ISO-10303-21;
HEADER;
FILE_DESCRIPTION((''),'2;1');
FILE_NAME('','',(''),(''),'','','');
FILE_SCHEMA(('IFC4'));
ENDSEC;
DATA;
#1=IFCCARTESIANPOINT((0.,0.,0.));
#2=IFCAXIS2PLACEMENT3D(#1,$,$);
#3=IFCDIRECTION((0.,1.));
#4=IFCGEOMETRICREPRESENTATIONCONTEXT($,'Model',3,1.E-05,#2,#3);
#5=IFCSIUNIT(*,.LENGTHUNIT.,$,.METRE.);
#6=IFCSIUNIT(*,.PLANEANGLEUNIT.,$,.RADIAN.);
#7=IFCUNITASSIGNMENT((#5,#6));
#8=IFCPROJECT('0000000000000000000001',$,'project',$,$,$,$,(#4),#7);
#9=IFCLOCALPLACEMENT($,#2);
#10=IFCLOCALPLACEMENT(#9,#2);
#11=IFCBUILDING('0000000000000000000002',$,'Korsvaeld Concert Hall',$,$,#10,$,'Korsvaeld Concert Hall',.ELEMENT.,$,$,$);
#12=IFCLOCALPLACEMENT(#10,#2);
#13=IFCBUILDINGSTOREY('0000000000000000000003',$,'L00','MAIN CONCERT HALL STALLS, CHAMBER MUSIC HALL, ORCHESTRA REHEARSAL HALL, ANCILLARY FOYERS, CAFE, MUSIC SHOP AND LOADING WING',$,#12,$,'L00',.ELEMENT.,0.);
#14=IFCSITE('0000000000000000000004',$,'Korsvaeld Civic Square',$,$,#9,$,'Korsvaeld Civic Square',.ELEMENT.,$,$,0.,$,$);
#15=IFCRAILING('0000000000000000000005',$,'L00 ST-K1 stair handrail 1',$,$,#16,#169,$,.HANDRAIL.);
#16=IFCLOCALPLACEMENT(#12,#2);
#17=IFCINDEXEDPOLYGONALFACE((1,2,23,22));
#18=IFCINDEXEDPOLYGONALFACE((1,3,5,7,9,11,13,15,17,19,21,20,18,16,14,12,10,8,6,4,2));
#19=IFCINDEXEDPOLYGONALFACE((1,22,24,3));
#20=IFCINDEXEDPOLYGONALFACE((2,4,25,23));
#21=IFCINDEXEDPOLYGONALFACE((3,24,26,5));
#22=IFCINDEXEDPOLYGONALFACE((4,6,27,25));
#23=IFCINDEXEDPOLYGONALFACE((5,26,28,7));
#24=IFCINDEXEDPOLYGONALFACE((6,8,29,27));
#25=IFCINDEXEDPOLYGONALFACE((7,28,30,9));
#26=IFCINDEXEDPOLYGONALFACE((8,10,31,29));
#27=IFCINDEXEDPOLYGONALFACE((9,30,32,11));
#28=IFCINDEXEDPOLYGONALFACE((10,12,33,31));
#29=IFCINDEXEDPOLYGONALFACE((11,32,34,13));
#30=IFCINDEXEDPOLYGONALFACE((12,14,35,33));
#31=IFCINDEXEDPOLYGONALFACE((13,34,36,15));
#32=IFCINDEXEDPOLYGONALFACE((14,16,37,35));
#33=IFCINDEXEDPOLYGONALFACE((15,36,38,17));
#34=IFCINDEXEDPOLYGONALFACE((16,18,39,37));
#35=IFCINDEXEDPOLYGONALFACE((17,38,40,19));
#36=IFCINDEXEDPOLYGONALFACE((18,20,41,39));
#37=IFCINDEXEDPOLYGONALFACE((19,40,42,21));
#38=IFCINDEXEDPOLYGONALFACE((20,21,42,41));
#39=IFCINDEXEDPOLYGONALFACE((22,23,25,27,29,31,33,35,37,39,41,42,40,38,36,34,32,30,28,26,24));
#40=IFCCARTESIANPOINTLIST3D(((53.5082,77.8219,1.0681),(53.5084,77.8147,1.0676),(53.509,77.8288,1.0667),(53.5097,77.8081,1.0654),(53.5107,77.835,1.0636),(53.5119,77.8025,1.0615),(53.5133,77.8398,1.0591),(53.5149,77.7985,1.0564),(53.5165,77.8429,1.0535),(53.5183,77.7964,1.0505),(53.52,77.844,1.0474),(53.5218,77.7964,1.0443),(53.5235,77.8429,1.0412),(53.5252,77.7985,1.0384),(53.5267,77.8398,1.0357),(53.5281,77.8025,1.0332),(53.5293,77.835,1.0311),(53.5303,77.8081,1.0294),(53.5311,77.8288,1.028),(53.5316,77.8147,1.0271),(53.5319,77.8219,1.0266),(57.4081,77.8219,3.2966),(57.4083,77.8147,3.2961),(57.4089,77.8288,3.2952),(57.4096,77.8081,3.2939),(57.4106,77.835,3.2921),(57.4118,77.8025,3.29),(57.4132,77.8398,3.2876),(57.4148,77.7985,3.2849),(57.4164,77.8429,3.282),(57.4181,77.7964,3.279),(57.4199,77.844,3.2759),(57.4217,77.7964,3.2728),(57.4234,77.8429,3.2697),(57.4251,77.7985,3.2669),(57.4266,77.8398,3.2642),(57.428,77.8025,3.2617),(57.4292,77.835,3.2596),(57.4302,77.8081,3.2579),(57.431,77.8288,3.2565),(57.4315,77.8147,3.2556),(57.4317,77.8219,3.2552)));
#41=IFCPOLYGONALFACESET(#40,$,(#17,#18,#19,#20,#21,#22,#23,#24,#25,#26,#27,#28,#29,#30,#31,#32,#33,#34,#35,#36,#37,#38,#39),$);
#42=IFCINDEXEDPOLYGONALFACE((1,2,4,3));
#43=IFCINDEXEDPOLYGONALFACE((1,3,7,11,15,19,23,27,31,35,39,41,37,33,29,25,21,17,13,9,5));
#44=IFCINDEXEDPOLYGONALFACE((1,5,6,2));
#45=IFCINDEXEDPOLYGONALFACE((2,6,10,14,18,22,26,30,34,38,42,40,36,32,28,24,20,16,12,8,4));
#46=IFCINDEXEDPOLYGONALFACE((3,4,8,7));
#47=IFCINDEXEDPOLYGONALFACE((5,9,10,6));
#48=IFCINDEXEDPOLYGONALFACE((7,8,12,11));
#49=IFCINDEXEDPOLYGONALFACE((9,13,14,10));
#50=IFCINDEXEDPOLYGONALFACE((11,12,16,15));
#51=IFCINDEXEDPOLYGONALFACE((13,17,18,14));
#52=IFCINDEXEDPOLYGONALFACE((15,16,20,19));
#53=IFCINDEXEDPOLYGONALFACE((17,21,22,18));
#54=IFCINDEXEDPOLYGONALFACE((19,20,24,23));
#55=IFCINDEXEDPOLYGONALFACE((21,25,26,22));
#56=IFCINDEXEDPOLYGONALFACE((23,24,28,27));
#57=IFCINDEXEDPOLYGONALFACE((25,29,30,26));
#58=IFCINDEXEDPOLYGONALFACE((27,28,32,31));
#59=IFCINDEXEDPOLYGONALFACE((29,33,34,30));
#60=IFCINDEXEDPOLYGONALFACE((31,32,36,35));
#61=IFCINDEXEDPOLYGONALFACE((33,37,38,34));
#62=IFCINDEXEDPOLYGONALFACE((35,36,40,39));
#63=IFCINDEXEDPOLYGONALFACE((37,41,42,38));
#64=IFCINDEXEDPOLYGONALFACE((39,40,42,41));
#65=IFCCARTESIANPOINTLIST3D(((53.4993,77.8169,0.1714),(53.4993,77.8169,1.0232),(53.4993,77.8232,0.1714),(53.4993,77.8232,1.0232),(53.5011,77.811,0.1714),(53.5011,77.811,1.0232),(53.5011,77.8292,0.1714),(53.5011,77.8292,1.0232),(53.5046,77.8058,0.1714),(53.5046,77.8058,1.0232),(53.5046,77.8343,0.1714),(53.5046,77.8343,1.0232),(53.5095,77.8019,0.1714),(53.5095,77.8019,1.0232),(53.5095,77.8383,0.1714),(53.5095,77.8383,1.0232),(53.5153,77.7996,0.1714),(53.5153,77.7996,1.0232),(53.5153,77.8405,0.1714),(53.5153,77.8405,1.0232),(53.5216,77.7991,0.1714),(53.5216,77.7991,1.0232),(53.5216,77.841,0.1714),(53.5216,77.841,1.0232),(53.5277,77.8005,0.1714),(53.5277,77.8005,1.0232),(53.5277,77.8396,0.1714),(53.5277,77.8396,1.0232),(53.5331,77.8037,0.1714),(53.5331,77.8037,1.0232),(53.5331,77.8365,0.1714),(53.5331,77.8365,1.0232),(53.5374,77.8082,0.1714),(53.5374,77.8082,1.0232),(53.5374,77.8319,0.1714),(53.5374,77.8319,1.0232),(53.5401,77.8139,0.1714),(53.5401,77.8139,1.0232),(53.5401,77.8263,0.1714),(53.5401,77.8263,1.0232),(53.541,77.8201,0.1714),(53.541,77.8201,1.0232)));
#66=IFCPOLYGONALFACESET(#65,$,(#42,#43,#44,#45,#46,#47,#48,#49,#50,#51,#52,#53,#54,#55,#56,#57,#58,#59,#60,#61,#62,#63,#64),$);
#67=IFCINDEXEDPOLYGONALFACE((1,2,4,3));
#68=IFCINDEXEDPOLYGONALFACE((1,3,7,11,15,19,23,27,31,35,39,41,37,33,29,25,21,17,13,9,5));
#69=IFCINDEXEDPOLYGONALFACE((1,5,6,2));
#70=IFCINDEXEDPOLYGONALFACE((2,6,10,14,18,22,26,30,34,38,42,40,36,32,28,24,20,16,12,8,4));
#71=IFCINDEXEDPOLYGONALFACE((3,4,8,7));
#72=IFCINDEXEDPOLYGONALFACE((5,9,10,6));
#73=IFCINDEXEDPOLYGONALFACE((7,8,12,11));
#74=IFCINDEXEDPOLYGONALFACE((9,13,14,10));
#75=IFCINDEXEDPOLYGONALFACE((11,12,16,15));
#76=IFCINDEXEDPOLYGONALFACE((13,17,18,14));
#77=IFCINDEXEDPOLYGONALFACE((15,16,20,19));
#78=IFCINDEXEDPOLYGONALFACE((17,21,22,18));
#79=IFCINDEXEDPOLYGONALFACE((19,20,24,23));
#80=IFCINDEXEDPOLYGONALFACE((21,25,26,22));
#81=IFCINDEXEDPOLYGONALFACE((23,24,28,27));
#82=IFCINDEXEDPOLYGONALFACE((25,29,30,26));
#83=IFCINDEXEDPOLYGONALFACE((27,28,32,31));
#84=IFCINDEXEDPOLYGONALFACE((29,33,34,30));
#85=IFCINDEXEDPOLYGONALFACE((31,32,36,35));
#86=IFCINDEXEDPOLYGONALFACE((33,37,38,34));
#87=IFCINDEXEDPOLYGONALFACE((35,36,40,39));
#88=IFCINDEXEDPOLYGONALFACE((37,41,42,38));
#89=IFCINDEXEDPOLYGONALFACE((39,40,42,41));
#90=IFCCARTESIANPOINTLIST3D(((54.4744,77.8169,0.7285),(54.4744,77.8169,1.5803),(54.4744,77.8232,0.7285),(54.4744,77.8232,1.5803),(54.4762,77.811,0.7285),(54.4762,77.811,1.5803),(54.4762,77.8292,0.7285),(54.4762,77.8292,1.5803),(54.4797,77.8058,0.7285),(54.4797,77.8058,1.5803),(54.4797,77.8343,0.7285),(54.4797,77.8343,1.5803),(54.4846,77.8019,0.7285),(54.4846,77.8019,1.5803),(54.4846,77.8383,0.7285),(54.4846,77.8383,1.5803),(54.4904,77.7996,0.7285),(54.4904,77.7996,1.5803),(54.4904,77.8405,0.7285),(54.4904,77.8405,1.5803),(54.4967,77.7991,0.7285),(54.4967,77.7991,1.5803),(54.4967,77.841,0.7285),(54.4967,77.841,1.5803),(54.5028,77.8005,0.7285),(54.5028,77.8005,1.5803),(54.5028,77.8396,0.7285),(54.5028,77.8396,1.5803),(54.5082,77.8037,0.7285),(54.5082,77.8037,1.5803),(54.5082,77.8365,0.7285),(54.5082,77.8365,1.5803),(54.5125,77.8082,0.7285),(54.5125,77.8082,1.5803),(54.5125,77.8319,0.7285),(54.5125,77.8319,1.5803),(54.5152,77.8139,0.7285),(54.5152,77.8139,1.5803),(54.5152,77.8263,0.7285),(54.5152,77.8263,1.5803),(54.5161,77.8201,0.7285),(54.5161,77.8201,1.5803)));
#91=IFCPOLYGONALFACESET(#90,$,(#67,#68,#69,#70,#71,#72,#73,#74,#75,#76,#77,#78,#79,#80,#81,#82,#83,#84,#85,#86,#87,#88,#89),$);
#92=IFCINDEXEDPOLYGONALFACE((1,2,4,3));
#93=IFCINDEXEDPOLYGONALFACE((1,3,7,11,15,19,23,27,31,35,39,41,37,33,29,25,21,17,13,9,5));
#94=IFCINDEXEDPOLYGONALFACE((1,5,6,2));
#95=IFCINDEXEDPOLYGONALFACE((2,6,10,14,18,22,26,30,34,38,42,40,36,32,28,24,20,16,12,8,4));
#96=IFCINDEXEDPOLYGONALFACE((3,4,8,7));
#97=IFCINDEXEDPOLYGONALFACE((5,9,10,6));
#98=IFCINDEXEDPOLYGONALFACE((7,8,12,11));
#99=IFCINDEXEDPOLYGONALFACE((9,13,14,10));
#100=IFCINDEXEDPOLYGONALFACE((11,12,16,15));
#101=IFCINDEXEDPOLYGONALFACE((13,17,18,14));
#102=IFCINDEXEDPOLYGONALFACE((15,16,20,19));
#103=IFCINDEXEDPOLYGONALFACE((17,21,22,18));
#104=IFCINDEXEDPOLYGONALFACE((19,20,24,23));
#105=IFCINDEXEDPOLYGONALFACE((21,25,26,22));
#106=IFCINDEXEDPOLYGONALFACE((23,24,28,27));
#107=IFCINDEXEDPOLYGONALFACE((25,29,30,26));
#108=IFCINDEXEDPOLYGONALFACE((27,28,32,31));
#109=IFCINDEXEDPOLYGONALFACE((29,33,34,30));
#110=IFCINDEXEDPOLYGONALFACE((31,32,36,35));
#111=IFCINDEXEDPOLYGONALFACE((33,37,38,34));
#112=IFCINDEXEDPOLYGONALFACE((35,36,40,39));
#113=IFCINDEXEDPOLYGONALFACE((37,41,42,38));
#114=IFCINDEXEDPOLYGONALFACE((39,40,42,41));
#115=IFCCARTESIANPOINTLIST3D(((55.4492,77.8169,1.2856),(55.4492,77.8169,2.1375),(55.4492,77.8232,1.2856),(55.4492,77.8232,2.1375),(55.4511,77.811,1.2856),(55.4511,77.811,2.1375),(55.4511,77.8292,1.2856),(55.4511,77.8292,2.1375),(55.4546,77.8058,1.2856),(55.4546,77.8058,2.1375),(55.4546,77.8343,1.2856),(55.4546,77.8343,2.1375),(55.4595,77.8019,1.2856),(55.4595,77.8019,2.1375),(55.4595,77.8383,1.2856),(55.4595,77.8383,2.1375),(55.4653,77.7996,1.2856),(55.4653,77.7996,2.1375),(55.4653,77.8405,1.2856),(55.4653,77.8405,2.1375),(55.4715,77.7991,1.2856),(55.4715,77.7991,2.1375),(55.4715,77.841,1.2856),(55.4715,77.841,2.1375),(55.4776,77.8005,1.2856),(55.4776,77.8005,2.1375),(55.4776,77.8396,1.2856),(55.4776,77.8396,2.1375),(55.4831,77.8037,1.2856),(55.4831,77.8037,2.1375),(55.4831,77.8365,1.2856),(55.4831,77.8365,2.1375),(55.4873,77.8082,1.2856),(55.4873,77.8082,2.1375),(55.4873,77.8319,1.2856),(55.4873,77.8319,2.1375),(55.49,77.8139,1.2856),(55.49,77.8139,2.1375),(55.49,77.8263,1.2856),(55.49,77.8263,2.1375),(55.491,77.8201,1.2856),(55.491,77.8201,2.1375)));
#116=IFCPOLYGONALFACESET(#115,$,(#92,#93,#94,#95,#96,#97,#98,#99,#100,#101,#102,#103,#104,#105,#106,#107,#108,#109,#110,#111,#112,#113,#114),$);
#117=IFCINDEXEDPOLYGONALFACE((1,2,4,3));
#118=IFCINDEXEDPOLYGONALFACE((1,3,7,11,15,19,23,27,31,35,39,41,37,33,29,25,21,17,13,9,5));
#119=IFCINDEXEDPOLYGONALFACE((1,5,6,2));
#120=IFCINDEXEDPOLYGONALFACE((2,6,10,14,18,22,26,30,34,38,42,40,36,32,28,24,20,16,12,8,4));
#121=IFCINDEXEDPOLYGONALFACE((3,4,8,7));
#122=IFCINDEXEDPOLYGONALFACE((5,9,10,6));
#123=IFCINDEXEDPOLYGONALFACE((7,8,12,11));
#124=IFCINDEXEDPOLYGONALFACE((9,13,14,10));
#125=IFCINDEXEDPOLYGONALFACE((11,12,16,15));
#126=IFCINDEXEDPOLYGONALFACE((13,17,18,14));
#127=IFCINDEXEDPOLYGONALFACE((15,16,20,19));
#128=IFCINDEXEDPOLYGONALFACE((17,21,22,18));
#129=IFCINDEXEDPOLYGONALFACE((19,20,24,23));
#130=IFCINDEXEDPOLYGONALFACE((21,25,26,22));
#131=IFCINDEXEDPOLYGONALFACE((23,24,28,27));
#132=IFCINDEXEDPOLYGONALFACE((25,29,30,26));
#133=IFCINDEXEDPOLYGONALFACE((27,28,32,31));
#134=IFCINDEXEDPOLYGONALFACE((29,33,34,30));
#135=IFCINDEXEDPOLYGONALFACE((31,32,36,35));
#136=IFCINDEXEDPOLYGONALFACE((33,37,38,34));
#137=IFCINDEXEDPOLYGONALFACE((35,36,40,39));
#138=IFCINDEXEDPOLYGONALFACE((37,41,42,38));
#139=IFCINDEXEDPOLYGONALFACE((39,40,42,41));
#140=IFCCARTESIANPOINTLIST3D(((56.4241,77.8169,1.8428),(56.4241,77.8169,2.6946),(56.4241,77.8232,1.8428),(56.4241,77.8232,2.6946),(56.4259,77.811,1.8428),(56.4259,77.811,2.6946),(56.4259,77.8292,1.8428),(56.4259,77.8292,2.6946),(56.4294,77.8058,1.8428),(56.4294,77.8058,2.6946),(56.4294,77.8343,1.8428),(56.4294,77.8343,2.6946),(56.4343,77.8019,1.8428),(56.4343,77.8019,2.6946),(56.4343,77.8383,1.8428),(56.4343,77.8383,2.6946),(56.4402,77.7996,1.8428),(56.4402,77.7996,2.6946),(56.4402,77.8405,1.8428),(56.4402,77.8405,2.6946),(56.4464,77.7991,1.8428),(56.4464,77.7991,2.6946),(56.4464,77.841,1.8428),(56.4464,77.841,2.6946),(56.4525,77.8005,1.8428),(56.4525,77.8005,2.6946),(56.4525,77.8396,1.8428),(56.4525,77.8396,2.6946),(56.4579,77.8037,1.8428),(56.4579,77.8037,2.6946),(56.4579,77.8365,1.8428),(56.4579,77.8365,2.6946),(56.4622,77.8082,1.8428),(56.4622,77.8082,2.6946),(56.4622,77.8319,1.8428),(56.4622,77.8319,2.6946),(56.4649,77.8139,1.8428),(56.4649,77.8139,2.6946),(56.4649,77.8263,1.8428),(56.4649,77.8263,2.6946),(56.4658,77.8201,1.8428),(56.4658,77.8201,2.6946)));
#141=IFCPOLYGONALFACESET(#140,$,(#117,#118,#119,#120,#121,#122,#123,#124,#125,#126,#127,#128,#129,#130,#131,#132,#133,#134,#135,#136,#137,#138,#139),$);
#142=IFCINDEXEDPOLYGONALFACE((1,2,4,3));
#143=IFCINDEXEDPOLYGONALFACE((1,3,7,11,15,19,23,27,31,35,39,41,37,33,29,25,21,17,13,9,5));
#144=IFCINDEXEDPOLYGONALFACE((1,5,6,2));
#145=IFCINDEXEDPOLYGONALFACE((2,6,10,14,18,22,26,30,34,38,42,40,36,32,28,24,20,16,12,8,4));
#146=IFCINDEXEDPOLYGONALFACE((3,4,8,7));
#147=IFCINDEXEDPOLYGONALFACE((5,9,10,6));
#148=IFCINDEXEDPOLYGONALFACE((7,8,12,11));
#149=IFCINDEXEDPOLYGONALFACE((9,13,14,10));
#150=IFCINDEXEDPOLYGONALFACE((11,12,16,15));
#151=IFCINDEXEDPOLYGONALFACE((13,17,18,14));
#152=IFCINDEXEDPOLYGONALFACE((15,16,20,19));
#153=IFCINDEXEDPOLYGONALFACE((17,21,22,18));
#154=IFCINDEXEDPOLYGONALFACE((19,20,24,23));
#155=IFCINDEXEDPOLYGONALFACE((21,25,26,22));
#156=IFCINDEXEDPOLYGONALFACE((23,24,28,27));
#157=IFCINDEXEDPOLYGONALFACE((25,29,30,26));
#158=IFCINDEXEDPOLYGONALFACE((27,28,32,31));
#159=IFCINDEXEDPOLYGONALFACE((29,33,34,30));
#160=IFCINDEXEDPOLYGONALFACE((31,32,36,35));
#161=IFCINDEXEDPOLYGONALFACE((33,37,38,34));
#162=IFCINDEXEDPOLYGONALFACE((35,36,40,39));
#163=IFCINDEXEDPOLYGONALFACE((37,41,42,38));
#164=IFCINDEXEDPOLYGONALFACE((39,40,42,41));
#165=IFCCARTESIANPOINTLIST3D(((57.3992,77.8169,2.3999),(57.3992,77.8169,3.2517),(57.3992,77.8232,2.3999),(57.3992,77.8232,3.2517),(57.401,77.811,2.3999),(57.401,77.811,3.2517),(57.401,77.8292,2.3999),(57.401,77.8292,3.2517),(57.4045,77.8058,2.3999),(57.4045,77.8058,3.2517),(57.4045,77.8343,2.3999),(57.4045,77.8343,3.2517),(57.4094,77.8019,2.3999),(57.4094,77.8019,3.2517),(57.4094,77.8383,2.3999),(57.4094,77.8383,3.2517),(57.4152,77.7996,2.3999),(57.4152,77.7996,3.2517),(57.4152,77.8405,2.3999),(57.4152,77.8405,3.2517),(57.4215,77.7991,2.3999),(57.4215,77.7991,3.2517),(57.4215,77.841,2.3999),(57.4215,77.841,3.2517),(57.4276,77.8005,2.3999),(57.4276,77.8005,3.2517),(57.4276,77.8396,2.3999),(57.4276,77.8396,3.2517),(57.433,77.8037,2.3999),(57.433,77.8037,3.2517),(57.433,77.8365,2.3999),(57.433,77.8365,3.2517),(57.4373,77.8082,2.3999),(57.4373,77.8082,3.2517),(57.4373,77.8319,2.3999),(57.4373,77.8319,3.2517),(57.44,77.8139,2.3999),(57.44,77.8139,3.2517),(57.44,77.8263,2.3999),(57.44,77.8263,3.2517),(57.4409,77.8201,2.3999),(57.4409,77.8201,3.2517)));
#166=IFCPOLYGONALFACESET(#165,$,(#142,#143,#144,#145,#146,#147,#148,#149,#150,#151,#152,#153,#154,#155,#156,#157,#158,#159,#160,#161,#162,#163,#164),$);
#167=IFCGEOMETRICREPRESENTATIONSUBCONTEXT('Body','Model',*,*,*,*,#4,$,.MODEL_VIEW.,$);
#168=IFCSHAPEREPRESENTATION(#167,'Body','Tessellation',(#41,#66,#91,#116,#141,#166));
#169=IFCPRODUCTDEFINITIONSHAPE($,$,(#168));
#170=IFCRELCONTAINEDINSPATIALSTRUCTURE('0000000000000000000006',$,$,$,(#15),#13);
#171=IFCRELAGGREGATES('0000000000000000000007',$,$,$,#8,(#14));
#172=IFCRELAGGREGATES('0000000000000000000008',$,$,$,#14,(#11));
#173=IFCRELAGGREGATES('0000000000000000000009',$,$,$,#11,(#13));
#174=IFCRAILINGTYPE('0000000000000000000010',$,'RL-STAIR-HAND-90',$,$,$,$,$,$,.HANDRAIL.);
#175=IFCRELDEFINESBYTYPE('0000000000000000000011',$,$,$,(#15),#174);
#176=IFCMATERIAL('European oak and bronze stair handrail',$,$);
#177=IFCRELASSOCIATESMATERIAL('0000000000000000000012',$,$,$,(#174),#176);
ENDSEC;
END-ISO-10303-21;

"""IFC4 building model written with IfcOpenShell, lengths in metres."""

from ifc_helpers import new_model, si_unit, direction, frame, origin, origin_2d, place, context, subcontext, project, spatial, circle, extrude, material, type_object, element, save


model = new_model("IFC4")

# Units and contexts
model_context = context("Model", 3, precision=1e-05, world=origin(), true_north=direction((0.0, 1.0)))
body_context = subcontext(model_context, "Body", "Model", "MODEL_VIEW")
ifc_project = project(units=[si_unit("LENGTHUNIT", "METRE"), si_unit("PLANEANGLEUNIT", "RADIAN")], contexts=[model_context])

# Site, building, storey
site_placement = place(None, origin())
site = spatial("IfcSite", under=ifc_project, at=site_placement, Name="Korsvaeld Civic Square", LongName="Korsvaeld Civic Square", CompositionType="ELEMENT", RefElevation=0.0)
building_placement = place(site_placement, origin())
building = spatial("IfcBuilding", under=site, at=building_placement, Name="Korsvaeld Concert Hall", LongName="Korsvaeld Concert Hall", CompositionType="ELEMENT")
storey_placement = place(building_placement, origin())
storey = spatial("IfcBuildingStorey", under=building, at=storey_placement, Name="L00", Description="MAIN CONCERT HALL STALLS, CHAMBER MUSIC HALL, ORCHESTRA REHEARSAL HALL, ANCILLARY FOYERS, CAFE, MUSIC SHOP AND LOADING WING", LongName="L00", CompositionType="ELEMENT", Elevation=0.0)

# Railing
ifc_material_1 = material(Name="European oak and bronze stair handrail")
railing_type_1 = type_object("IfcRailingType", Name="RL-STAIR-HAND-90", PredefinedType="HANDRAIL", material=ifc_material_1)
railing_1_placement = place(storey_placement, frame((53.52, 77.8201, 0.1714)))
element("IfcRailing", 1, at=railing_1_placement, inside=storey, type_object=railing_type_1, Name="L00 ST-K1 stair handrail 1", PredefinedType="HANDRAIL", context=body_context, shape_type="SweptSolid", body=[
    extrude(circle(Radius=0.0239, at=origin_2d()), frame((0.0, 0.0, 0.876), z_axis=(0.868243, 0.0, 0.496139), x_axis=(0.0, 1.0, 0.0)), (0.0, 0.0, 1.0), 4.4917),
    extrude(circle(Radius=0.021, at=origin_2d()), origin(), (0.0, 0.0, 1.0), 0.8518),
    extrude(circle(Radius=0.021, at=origin_2d()), frame((0.9751, 0.0, 0.5571)), (0.0, 0.0, 1.0), 0.8518),
    extrude(circle(Radius=0.021, at=origin_2d()), frame((1.95, 0.0, 1.1143)), (0.0, 0.0, 1.0), 0.8518),
    extrude(circle(Radius=0.021, at=origin_2d()), frame((2.9248, 0.0, 1.6714)), (0.0, 0.0, 1.0), 0.8518),
    extrude(circle(Radius=0.021, at=origin_2d()), frame((3.8999, 0.0, 2.2285)), (0.0, 0.0, 1.0), 0.8518),
])

save(model, "model.ifc")
